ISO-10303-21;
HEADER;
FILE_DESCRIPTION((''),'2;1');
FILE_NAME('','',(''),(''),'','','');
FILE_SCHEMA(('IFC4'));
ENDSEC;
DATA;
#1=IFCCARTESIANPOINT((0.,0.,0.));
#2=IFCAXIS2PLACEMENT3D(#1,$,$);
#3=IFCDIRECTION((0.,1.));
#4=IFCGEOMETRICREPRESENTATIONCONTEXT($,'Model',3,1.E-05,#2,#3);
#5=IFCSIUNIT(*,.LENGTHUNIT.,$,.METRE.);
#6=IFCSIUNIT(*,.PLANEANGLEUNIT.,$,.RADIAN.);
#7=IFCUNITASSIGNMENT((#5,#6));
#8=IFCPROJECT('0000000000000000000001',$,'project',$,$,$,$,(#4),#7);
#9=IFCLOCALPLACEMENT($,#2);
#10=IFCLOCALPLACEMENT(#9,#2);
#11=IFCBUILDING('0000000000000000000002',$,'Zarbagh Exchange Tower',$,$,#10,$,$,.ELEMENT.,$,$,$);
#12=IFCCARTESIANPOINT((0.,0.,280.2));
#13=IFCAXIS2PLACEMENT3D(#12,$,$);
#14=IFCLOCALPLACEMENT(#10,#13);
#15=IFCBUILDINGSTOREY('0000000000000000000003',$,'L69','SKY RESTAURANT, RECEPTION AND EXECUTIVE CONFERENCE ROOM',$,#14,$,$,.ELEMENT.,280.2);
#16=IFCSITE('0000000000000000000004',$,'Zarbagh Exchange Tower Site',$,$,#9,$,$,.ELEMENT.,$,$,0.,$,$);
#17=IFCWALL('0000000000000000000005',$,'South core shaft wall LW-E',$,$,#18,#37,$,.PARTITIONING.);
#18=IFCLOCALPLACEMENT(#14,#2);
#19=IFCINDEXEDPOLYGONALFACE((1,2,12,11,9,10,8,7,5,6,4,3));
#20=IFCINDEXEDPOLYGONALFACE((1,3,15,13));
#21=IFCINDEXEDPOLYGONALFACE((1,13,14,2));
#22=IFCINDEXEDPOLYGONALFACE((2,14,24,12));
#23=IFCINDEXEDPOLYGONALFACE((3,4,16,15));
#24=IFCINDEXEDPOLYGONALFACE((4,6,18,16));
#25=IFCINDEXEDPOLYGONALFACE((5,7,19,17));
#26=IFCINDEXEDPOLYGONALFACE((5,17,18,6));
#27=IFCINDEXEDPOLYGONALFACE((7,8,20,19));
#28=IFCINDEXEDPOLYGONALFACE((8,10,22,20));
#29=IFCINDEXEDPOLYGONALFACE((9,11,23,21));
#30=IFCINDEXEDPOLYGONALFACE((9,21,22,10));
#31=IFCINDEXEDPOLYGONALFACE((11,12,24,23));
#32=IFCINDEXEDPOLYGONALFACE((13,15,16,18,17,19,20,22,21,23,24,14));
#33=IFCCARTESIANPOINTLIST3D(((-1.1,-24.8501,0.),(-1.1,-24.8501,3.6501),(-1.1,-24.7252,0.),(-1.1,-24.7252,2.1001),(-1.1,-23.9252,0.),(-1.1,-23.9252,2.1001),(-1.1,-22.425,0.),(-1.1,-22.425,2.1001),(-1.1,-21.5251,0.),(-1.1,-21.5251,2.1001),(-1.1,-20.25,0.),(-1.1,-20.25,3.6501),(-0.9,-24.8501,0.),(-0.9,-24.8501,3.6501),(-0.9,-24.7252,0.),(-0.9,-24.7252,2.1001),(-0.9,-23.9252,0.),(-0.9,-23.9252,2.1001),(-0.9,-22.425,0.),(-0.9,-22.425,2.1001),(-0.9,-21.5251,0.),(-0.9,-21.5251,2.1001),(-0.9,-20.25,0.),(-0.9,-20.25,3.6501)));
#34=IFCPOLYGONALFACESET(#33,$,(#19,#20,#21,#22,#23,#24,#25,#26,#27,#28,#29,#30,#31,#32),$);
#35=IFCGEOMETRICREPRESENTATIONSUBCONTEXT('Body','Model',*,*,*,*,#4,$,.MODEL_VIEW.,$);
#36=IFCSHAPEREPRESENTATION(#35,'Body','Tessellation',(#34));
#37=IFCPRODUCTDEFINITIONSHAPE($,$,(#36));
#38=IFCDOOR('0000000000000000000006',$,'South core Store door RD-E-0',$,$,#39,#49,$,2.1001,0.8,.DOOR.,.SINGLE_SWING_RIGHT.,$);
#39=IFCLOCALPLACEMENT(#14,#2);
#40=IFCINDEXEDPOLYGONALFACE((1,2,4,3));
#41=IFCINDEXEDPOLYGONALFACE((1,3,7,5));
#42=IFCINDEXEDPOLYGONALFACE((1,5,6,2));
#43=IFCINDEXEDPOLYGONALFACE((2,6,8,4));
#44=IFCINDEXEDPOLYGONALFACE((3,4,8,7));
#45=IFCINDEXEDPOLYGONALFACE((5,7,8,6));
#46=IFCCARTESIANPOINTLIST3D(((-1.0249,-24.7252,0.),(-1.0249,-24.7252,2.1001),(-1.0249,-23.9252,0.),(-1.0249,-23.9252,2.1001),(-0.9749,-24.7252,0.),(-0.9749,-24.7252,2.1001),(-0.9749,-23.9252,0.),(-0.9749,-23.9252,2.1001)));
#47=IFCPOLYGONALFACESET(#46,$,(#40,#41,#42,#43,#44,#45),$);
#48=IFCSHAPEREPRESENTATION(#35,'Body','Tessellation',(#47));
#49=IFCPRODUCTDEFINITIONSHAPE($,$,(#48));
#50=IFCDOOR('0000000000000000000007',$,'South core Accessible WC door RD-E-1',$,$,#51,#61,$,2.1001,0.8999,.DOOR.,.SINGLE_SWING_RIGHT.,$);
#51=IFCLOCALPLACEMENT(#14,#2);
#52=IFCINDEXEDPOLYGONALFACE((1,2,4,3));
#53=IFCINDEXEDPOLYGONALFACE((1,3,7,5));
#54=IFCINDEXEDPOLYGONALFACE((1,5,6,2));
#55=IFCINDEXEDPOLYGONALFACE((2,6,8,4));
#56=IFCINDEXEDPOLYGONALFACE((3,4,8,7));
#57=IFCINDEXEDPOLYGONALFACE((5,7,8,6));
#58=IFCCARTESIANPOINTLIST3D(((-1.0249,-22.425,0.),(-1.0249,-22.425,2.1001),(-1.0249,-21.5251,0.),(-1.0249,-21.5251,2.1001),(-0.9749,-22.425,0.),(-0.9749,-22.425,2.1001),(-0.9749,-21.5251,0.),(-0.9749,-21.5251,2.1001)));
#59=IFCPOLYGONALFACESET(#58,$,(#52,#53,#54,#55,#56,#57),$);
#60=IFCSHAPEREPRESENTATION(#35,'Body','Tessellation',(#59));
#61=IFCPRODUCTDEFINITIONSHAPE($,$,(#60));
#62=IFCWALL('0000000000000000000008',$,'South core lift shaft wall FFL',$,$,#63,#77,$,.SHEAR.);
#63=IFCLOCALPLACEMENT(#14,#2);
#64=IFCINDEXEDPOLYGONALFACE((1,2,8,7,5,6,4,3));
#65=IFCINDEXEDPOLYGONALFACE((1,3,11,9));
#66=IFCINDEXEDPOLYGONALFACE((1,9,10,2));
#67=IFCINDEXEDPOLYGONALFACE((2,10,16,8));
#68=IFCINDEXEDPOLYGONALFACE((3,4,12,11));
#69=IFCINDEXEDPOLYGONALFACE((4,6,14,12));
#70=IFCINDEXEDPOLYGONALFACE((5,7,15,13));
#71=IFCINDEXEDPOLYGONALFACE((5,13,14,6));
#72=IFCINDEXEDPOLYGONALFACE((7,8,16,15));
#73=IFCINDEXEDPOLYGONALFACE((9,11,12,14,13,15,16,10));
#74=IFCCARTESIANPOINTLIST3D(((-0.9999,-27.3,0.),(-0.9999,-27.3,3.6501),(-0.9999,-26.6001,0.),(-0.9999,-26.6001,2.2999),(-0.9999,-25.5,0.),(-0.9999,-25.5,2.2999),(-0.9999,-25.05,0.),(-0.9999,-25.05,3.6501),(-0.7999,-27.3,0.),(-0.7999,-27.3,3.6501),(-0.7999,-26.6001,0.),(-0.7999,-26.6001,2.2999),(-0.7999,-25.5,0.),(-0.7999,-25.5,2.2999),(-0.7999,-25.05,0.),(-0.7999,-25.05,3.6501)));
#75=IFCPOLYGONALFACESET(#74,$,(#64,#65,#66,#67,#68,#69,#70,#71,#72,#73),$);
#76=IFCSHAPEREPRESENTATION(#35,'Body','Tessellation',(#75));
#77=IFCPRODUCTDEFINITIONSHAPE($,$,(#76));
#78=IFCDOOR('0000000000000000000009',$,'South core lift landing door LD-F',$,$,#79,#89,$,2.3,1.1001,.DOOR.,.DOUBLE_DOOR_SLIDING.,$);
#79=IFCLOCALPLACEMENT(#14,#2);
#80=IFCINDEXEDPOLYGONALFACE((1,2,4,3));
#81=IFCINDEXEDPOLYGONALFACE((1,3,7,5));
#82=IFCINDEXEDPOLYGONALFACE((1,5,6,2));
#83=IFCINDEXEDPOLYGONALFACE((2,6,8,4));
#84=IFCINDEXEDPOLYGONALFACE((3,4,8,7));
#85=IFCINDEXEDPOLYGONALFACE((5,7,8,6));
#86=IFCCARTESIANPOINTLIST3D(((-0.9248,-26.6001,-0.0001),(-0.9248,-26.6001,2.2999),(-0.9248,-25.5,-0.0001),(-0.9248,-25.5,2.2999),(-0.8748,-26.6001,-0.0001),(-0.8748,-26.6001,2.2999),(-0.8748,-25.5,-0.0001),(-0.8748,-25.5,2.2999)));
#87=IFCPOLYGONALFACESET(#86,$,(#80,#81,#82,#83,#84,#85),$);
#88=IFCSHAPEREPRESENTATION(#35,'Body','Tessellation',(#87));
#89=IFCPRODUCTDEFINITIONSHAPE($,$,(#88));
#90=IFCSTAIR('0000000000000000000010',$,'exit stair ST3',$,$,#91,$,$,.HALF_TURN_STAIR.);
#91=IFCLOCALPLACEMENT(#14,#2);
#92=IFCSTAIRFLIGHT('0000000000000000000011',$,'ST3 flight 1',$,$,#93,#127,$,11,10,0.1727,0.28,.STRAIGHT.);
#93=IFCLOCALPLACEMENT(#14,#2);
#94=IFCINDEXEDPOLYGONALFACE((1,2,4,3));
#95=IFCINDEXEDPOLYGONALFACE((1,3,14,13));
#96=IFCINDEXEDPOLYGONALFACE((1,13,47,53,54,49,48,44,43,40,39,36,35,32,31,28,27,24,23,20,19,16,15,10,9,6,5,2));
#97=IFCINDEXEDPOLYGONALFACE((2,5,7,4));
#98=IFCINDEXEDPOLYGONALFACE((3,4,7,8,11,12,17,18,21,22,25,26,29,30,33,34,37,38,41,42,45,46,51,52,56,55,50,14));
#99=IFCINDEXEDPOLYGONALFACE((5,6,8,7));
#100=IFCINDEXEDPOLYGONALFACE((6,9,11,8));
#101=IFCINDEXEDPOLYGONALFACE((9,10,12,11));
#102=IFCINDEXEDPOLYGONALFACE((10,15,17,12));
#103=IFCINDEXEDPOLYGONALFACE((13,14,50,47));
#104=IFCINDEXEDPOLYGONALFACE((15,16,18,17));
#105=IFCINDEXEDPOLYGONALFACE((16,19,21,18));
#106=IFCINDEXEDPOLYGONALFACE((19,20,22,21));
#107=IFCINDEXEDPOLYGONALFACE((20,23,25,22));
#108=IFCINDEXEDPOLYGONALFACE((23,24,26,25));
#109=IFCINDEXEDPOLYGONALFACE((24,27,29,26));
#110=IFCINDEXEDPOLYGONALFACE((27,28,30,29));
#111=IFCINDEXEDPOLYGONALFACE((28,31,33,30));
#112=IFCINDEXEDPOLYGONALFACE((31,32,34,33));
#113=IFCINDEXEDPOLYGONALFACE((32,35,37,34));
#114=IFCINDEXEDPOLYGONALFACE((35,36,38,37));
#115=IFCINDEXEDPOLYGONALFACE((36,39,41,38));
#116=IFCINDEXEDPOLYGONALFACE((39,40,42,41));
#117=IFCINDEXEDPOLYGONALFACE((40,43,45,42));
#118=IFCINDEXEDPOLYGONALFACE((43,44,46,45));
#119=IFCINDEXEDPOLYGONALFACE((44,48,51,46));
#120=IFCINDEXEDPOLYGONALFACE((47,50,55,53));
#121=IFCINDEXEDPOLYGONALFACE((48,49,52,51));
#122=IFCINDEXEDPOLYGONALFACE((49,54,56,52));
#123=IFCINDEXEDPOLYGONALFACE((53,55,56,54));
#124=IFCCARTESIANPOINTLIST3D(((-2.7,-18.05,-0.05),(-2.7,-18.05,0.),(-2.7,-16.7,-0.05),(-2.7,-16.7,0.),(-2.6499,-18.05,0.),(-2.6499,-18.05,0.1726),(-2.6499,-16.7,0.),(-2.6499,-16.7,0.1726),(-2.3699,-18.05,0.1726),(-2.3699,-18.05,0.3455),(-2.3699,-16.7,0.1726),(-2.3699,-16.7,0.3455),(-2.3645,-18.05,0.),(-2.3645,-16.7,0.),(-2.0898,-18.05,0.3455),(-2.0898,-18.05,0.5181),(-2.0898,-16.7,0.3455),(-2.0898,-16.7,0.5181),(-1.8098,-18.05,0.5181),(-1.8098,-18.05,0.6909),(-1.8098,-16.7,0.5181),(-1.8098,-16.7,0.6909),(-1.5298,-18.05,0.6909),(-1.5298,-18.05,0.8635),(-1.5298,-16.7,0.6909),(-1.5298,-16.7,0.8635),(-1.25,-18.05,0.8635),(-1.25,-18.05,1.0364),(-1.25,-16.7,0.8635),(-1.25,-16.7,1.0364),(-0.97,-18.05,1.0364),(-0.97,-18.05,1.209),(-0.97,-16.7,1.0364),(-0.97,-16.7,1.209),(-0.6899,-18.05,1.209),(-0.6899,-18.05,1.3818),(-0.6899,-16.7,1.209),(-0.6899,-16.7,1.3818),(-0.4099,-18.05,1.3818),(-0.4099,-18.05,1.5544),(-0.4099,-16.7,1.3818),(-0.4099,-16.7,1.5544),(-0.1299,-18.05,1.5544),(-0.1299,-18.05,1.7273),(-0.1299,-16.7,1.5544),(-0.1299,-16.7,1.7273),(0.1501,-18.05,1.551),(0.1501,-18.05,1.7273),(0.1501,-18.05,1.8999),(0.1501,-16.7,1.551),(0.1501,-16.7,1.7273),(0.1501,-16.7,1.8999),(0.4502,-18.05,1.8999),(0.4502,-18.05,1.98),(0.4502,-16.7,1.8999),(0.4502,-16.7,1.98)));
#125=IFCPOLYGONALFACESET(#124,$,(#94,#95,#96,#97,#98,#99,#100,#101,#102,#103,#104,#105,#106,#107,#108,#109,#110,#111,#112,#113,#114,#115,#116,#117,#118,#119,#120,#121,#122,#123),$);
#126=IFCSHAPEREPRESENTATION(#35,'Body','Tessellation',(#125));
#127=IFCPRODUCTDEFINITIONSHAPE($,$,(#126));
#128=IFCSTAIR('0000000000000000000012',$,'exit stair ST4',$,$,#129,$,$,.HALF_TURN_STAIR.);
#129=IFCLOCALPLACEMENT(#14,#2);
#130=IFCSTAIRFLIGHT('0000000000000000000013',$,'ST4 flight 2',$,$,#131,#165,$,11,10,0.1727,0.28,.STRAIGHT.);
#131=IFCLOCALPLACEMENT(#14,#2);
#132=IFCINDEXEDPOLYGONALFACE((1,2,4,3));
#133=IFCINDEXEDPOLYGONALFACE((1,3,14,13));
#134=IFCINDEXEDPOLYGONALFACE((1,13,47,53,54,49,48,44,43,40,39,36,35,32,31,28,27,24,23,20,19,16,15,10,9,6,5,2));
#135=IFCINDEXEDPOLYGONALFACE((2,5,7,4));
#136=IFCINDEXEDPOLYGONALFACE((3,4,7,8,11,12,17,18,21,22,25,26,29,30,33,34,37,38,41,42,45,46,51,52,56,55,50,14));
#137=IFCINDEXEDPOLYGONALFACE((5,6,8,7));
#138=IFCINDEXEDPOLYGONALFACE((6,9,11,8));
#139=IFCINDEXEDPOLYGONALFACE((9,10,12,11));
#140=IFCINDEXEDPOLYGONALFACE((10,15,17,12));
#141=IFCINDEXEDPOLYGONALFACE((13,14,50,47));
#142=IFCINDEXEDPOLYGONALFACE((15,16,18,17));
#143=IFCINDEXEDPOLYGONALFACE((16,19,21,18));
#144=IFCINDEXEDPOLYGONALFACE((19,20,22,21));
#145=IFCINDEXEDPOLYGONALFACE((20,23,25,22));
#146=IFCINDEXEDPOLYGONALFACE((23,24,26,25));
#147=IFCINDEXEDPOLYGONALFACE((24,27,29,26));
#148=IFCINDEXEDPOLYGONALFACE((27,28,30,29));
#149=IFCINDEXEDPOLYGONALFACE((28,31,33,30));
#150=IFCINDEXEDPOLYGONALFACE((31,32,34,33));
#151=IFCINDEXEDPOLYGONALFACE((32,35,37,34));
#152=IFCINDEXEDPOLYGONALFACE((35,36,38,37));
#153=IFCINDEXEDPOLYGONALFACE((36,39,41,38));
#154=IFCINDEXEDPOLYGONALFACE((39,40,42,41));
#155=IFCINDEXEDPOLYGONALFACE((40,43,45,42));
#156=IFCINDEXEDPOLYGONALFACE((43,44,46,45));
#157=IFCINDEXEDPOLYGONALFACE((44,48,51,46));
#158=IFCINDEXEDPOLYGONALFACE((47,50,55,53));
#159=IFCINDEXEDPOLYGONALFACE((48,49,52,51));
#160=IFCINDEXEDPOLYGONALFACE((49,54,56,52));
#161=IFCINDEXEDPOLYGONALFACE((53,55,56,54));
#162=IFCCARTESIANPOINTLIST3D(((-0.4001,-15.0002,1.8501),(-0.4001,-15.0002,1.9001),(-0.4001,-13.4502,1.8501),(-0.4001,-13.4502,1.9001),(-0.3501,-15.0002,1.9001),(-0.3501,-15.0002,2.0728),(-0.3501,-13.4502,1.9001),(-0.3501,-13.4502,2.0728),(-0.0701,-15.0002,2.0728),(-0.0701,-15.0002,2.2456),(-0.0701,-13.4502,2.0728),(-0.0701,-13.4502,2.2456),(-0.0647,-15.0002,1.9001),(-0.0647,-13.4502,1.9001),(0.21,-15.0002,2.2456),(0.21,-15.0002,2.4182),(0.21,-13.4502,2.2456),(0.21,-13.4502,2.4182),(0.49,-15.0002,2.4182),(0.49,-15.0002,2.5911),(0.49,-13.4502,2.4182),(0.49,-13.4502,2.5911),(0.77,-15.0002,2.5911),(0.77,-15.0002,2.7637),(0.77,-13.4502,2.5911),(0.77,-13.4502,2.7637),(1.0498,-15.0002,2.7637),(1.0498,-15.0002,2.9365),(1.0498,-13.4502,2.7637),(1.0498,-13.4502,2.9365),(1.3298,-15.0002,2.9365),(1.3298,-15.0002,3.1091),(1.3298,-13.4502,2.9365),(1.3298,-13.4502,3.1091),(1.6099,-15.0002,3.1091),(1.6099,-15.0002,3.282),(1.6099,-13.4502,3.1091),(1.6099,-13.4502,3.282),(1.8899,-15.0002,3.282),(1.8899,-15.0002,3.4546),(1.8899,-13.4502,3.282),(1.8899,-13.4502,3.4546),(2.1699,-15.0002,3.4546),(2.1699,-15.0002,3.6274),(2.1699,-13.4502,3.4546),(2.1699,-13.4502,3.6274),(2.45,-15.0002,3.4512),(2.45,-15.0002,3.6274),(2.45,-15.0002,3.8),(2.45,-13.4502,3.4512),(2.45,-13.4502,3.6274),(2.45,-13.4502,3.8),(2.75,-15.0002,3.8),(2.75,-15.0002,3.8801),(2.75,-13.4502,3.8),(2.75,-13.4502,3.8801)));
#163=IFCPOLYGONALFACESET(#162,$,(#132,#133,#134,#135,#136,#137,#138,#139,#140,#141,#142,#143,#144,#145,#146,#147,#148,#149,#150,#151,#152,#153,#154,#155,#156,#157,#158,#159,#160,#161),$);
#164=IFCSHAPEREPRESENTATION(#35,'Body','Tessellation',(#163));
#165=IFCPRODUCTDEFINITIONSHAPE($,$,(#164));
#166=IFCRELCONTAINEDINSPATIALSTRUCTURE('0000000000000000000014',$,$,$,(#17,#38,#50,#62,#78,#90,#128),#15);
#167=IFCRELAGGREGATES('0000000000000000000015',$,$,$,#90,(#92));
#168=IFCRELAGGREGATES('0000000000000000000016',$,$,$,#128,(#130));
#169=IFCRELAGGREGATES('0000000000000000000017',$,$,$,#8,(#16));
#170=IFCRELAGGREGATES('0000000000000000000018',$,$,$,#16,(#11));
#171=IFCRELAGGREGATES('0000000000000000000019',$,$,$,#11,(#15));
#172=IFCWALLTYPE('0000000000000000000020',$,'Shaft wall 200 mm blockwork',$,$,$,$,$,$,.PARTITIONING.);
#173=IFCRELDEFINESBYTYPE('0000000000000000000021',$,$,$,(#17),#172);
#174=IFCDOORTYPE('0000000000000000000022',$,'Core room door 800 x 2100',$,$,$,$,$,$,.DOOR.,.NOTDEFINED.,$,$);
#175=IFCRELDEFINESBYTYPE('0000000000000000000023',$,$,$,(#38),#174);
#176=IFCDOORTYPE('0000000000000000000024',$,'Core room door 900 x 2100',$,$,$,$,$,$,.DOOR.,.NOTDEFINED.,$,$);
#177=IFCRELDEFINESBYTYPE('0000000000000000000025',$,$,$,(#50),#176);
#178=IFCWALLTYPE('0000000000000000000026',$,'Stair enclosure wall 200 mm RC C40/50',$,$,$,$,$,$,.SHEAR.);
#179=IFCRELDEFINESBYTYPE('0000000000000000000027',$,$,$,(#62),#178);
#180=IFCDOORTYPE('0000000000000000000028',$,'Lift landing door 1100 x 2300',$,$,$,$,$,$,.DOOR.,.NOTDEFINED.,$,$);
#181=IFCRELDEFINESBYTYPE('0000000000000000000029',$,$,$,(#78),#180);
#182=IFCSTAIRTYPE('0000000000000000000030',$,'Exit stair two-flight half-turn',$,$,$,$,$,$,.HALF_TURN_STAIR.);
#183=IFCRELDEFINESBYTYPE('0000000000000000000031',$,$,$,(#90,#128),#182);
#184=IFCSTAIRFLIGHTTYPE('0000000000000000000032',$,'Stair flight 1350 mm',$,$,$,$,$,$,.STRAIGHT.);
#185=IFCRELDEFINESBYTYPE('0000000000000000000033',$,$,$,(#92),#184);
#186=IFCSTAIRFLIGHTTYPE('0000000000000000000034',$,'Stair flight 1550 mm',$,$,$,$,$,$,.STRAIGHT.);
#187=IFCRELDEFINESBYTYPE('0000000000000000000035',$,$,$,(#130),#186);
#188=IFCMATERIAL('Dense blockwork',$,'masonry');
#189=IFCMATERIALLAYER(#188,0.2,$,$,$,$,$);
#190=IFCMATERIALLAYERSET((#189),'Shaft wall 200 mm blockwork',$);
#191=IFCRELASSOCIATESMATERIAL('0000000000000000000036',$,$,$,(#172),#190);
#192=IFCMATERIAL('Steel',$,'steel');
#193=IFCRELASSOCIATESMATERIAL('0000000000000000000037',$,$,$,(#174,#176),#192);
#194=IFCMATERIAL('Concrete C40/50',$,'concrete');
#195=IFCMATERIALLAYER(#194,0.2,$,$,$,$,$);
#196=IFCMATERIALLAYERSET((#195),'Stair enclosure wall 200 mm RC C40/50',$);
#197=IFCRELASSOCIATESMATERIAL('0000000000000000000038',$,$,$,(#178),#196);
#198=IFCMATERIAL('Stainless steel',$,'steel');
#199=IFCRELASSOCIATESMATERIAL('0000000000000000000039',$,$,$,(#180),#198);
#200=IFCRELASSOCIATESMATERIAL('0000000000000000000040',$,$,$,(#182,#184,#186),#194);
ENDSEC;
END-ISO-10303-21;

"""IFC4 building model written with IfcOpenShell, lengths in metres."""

from ifc_helpers import new_model, si_unit, direction, frame, frame_2d, origin, place, context, subcontext, project, spatial, polyline, rectangle, outline, extrude, material, layer, layer_set, type_object, element, fill, aggregate, save


model = new_model("IFC4")

# Units and contexts
model_context = context("Model", 3, precision=1e-05, world=origin(), true_north=direction((0.0, 1.0)))
body_context = subcontext(model_context, "Body", "Model", "MODEL_VIEW")
ifc_project = project(units=[si_unit("LENGTHUNIT", "METRE"), si_unit("PLANEANGLEUNIT", "RADIAN")], contexts=[model_context])

# Site, building, storey
site_placement = place(None, origin())
site = spatial("IfcSite", under=ifc_project, at=site_placement, Name="Zarbagh Exchange Tower Site", CompositionType="ELEMENT", RefElevation=0.0)
building_placement = place(site_placement, origin())
building = spatial("IfcBuilding", under=site, at=building_placement, Name="Zarbagh Exchange Tower", CompositionType="ELEMENT")
storey_placement = place(building_placement, frame((0.0, 0.0, 280.2)))
storey = spatial("IfcBuildingStorey", under=building, at=storey_placement, Name="L69", Description="SKY RESTAURANT, RECEPTION AND EXECUTIVE CONFERENCE ROOM", CompositionType="ELEMENT", Elevation=280.2)

# Shared definitions
ifc_material_1 = material(Name="Concrete C40/50", Category="concrete")

# Shared definitions
ifc_material_2 = material(Name="Dense blockwork", Category="masonry")

# Shared definitions
ifc_material_3 = material(Name="Steel", Category="steel")

# Shared definitions
ifc_layer_1 = layer(ifc_material_2, 0.2)
ifc_layer_set_1 = layer_set([ifc_layer_1], Name="Shaft wall 200 mm blockwork")
wall_type_1 = type_object("IfcWallType", Name="Shaft wall 200 mm blockwork", PredefinedType="PARTITIONING", material=ifc_layer_set_1)

# Wall, openings, doors
wall_1_placement = place(storey_placement, frame((-1.0, -24.8501, 0.0), z_axis=(0.0, 0.0, 1.0), x_axis=(0.0, 1.0, 0.0)))
wall_1 = element("IfcWall", 1, at=wall_1_placement, inside=storey, type_object=wall_type_1, Name="South core shaft wall LW-E", PredefinedType="PARTITIONING", context=body_context, shape_type="SweptSolid", body=[
    extrude(rectangle(XDim=4.6001, YDim=0.2, at=frame_2d((2.3, 0.0))), origin(), (0.0, 0.0, 1.0), 3.6501),
])
opening_1_placement = place(wall_1_placement, frame((0.125, 0.0, 0.0)))
opening_1 = element("IfcOpeningElement", 2, at=opening_1_placement, cuts=wall_1, PredefinedType="OPENING", context=body_context, shape_type="SweptSolid", body=[
    extrude(rectangle(XDim=0.8, YDim=2.1001, at=frame_2d((0.3999, 1.05))), frame((0.0, 0.1099, 0.0), z_axis=(0.0, -1.0, 0.0), x_axis=(1.0, 0.0, 0.0)), (0.0, 0.0, 1.0), 0.22),
])
opening_2_placement = place(wall_1_placement, frame((2.425, 0.0, 0.0)))
opening_2 = element("IfcOpeningElement", 3, at=opening_2_placement, cuts=wall_1, PredefinedType="OPENING", context=body_context, shape_type="SweptSolid", body=[
    extrude(rectangle(XDim=0.8999, YDim=2.1001, at=frame_2d((0.45, 1.05))), frame((0.0, 0.1099, 0.0), z_axis=(0.0, -1.0, 0.0), x_axis=(1.0, 0.0, 0.0)), (0.0, 0.0, 1.0), 0.22),
])
door_type_1 = type_object("IfcDoorType", Name="Core room door 800 x 2100", OperationType="NOTDEFINED", PredefinedType="DOOR", material=ifc_material_3)
door_1_placement = place(opening_1_placement, origin())
door_1 = element("IfcDoor", 4, at=door_1_placement, inside=storey, type_object=door_type_1, Name="South core Store door RD-E-0", OperationType="SINGLE_SWING_RIGHT", OverallHeight=2.1001, OverallWidth=0.8, PredefinedType="DOOR", context=body_context, shape_type="SweptSolid", body=[
    extrude(rectangle(XDim=0.8, YDim=2.1001, at=frame_2d((0.3999, 1.05))), frame((0.0, 0.0249, 0.0), z_axis=(0.0, -1.0, 0.0), x_axis=(1.0, 0.0, 0.0)), (0.0, 0.0, 1.0), 0.05),
])
fill(opening_1, door_1)
door_type_2 = type_object("IfcDoorType", Name="Core room door 900 x 2100", OperationType="NOTDEFINED", PredefinedType="DOOR", material=ifc_material_3)
door_2_placement = place(opening_2_placement, origin())
door_2 = element("IfcDoor", 5, at=door_2_placement, inside=storey, type_object=door_type_2, Name="South core Accessible WC door RD-E-1", OperationType="SINGLE_SWING_RIGHT", OverallHeight=2.1001, OverallWidth=0.8999, PredefinedType="DOOR", context=body_context, shape_type="SweptSolid", body=[
    extrude(rectangle(XDim=0.8999, YDim=2.1001, at=frame_2d((0.45, 1.05))), frame((0.0, 0.0249, 0.0), z_axis=(0.0, -1.0, 0.0), x_axis=(1.0, 0.0, 0.0)), (0.0, 0.0, 1.0), 0.05),
])
fill(opening_2, door_2)

# Wall, opening, door
ifc_layer_2 = layer(ifc_material_1, 0.2)
ifc_layer_set_2 = layer_set([ifc_layer_2], Name="Stair enclosure wall 200 mm RC C40/50")
wall_type_2 = type_object("IfcWallType", Name="Stair enclosure wall 200 mm RC C40/50", PredefinedType="SHEAR", material=ifc_layer_set_2)
wall_2_placement = place(storey_placement, frame((-0.8999, -27.3, 0.0), z_axis=(0.0, 0.0, 1.0), x_axis=(0.0, 1.0, 0.0)))
wall_2 = element("IfcWall", 6, at=wall_2_placement, inside=storey, type_object=wall_type_2, Name="South core lift shaft wall FFL", PredefinedType="SHEAR", context=body_context, shape_type="SweptSolid", body=[
    extrude(rectangle(XDim=2.25, YDim=0.2, at=frame_2d((1.125, 0.0))), origin(), (0.0, 0.0, 1.0), 3.6501),
])
opening_3_placement = place(wall_2_placement, frame((0.7, 0.0, 0.0)))
opening_3 = element("IfcOpeningElement", 7, at=opening_3_placement, cuts=wall_2, PredefinedType="OPENING", context=body_context, shape_type="SweptSolid", body=[
    extrude(rectangle(XDim=1.1001, YDim=2.3, at=frame_2d((0.55, 1.1499))), frame((0.0, 0.1099, 0.0), z_axis=(0.0, -1.0, 0.0), x_axis=(1.0, 0.0, 0.0)), (0.0, 0.0, 1.0), 0.22),
])
ifc_material_4 = material(Name="Stainless steel", Category="steel")
door_type_3 = type_object("IfcDoorType", Name="Lift landing door 1100 x 2300", OperationType="NOTDEFINED", PredefinedType="DOOR", material=ifc_material_4)
door_3_placement = place(opening_3_placement, origin())
door_3 = element("IfcDoor", 8, at=door_3_placement, inside=storey, type_object=door_type_3, Name="South core lift landing door LD-F", OperationType="DOUBLE_DOOR_SLIDING", OverallHeight=2.3, OverallWidth=1.1001, PredefinedType="DOOR", context=body_context, shape_type="SweptSolid", body=[
    extrude(rectangle(XDim=1.1001, YDim=2.3, at=frame_2d((0.55, 1.1499))), frame((0.0, 0.0249, 0.0), z_axis=(0.0, -1.0, 0.0), x_axis=(1.0, 0.0, 0.0)), (0.0, 0.0, 1.0), 0.05),
])
fill(opening_3, door_3)

# Stairs, stair flights
stair_type = type_object("IfcStairType", Name="Exit stair two-flight half-turn", PredefinedType="HALF_TURN_STAIR", material=ifc_material_1)
stair_1_placement = place(storey_placement, origin())
stair_1 = element("IfcStair", 9, at=stair_1_placement, inside=storey, type_object=stair_type, Name="exit stair ST3", PredefinedType="HALF_TURN_STAIR")
stair_flight_type_1 = type_object("IfcStairFlightType", Name="Stair flight 1350 mm", PredefinedType="STRAIGHT", material=ifc_material_1)
stair_flight_1_placement = place(storey_placement, frame((-2.6499, -17.375, 0.0), z_axis=(0.0, 0.0, 1.0), x_axis=(1.0, 0.0, 0.0)))
stair_flight_1 = element("IfcStairFlight", 10, at=stair_flight_1_placement, type_object=stair_flight_type_1, Name="ST3 flight 1", NumberOfRisers=11, NumberOfTreads=10, PredefinedType="STRAIGHT", RiserHeight=0.1727, TreadLength=0.28, context=body_context, shape_type="SweptSolid", body=[
    extrude(outline(polyline([(-0.05, -0.05), (-0.05, 0.0), (0.0, 0.0), (0.0, 0.1726), (0.28, 0.1726), (0.28, 0.3455), (0.5601, 0.3455), (0.5601, 0.5181), (0.8401, 0.5181), (0.8401, 0.6909), (1.1201, 0.6909), (1.1201, 0.8635), (1.3999, 0.8635), (1.3999, 1.0364), (1.6799, 1.0364), (1.6799, 1.209), (1.96, 1.209), (1.96, 1.3818), (2.24, 1.3818), (2.24, 1.5544), (2.52, 1.5544), (2.52, 1.7273), (2.8, 1.7273), (2.8, 1.8999), (3.1001, 1.98), (3.1001, 1.8999), (2.8, 1.551), (0.2854, 0.0), (-0.05, -0.05)])), frame((0.0, 0.675, 0.0), z_axis=(0.0, -1.0, 0.0), x_axis=(1.0, 0.0, 0.0)), (0.0, 0.0, 1.0), 1.3501),
])
aggregate(stair_1, [stair_flight_1])
stair_2_placement = place(storey_placement, origin())
stair_2 = element("IfcStair", 11, at=stair_2_placement, inside=storey, type_object=stair_type, Name="exit stair ST4", PredefinedType="HALF_TURN_STAIR")
stair_flight_type_2 = type_object("IfcStairFlightType", Name="Stair flight 1550 mm", PredefinedType="STRAIGHT", material=ifc_material_1)
stair_flight_2_placement = place(storey_placement, frame((-0.3501, -14.2251, 1.9001), z_axis=(0.0, 0.0, 1.0), x_axis=(1.0, 0.0, 0.0)))
stair_flight_2 = element("IfcStairFlight", 12, at=stair_flight_2_placement, type_object=stair_flight_type_2, Name="ST4 flight 2", NumberOfRisers=11, NumberOfTreads=10, PredefinedType="STRAIGHT", RiserHeight=0.1727, TreadLength=0.28, context=body_context, shape_type="SweptSolid", body=[
    extrude(outline(polyline([(-0.05, -0.05), (-0.05, 0.0), (0.0, 0.0), (0.0, 0.1726), (0.28, 0.1726), (0.28, 0.3455), (0.5601, 0.3455), (0.5601, 0.5181), (0.8401, 0.5181), (0.8401, 0.6909), (1.1201, 0.6909), (1.1201, 0.8635), (1.3999, 0.8635), (1.3999, 1.0364), (1.6799, 1.0364), (1.6799, 1.209), (1.96, 1.209), (1.96, 1.3818), (2.24, 1.3818), (2.24, 1.5544), (2.52, 1.5544), (2.52, 1.7273), (2.8, 1.7273), (2.8, 1.8999), (3.1001, 1.98), (3.1001, 1.8999), (2.8, 1.551), (0.2854, 0.0), (-0.05, -0.05)])), frame((0.0, 0.7749, 0.0), z_axis=(0.0, -1.0, 0.0), x_axis=(1.0, 0.0, 0.0)), (0.0, 0.0, 1.0), 1.55),
])
aggregate(stair_2, [stair_flight_2])

save(model, "model.ifc")
